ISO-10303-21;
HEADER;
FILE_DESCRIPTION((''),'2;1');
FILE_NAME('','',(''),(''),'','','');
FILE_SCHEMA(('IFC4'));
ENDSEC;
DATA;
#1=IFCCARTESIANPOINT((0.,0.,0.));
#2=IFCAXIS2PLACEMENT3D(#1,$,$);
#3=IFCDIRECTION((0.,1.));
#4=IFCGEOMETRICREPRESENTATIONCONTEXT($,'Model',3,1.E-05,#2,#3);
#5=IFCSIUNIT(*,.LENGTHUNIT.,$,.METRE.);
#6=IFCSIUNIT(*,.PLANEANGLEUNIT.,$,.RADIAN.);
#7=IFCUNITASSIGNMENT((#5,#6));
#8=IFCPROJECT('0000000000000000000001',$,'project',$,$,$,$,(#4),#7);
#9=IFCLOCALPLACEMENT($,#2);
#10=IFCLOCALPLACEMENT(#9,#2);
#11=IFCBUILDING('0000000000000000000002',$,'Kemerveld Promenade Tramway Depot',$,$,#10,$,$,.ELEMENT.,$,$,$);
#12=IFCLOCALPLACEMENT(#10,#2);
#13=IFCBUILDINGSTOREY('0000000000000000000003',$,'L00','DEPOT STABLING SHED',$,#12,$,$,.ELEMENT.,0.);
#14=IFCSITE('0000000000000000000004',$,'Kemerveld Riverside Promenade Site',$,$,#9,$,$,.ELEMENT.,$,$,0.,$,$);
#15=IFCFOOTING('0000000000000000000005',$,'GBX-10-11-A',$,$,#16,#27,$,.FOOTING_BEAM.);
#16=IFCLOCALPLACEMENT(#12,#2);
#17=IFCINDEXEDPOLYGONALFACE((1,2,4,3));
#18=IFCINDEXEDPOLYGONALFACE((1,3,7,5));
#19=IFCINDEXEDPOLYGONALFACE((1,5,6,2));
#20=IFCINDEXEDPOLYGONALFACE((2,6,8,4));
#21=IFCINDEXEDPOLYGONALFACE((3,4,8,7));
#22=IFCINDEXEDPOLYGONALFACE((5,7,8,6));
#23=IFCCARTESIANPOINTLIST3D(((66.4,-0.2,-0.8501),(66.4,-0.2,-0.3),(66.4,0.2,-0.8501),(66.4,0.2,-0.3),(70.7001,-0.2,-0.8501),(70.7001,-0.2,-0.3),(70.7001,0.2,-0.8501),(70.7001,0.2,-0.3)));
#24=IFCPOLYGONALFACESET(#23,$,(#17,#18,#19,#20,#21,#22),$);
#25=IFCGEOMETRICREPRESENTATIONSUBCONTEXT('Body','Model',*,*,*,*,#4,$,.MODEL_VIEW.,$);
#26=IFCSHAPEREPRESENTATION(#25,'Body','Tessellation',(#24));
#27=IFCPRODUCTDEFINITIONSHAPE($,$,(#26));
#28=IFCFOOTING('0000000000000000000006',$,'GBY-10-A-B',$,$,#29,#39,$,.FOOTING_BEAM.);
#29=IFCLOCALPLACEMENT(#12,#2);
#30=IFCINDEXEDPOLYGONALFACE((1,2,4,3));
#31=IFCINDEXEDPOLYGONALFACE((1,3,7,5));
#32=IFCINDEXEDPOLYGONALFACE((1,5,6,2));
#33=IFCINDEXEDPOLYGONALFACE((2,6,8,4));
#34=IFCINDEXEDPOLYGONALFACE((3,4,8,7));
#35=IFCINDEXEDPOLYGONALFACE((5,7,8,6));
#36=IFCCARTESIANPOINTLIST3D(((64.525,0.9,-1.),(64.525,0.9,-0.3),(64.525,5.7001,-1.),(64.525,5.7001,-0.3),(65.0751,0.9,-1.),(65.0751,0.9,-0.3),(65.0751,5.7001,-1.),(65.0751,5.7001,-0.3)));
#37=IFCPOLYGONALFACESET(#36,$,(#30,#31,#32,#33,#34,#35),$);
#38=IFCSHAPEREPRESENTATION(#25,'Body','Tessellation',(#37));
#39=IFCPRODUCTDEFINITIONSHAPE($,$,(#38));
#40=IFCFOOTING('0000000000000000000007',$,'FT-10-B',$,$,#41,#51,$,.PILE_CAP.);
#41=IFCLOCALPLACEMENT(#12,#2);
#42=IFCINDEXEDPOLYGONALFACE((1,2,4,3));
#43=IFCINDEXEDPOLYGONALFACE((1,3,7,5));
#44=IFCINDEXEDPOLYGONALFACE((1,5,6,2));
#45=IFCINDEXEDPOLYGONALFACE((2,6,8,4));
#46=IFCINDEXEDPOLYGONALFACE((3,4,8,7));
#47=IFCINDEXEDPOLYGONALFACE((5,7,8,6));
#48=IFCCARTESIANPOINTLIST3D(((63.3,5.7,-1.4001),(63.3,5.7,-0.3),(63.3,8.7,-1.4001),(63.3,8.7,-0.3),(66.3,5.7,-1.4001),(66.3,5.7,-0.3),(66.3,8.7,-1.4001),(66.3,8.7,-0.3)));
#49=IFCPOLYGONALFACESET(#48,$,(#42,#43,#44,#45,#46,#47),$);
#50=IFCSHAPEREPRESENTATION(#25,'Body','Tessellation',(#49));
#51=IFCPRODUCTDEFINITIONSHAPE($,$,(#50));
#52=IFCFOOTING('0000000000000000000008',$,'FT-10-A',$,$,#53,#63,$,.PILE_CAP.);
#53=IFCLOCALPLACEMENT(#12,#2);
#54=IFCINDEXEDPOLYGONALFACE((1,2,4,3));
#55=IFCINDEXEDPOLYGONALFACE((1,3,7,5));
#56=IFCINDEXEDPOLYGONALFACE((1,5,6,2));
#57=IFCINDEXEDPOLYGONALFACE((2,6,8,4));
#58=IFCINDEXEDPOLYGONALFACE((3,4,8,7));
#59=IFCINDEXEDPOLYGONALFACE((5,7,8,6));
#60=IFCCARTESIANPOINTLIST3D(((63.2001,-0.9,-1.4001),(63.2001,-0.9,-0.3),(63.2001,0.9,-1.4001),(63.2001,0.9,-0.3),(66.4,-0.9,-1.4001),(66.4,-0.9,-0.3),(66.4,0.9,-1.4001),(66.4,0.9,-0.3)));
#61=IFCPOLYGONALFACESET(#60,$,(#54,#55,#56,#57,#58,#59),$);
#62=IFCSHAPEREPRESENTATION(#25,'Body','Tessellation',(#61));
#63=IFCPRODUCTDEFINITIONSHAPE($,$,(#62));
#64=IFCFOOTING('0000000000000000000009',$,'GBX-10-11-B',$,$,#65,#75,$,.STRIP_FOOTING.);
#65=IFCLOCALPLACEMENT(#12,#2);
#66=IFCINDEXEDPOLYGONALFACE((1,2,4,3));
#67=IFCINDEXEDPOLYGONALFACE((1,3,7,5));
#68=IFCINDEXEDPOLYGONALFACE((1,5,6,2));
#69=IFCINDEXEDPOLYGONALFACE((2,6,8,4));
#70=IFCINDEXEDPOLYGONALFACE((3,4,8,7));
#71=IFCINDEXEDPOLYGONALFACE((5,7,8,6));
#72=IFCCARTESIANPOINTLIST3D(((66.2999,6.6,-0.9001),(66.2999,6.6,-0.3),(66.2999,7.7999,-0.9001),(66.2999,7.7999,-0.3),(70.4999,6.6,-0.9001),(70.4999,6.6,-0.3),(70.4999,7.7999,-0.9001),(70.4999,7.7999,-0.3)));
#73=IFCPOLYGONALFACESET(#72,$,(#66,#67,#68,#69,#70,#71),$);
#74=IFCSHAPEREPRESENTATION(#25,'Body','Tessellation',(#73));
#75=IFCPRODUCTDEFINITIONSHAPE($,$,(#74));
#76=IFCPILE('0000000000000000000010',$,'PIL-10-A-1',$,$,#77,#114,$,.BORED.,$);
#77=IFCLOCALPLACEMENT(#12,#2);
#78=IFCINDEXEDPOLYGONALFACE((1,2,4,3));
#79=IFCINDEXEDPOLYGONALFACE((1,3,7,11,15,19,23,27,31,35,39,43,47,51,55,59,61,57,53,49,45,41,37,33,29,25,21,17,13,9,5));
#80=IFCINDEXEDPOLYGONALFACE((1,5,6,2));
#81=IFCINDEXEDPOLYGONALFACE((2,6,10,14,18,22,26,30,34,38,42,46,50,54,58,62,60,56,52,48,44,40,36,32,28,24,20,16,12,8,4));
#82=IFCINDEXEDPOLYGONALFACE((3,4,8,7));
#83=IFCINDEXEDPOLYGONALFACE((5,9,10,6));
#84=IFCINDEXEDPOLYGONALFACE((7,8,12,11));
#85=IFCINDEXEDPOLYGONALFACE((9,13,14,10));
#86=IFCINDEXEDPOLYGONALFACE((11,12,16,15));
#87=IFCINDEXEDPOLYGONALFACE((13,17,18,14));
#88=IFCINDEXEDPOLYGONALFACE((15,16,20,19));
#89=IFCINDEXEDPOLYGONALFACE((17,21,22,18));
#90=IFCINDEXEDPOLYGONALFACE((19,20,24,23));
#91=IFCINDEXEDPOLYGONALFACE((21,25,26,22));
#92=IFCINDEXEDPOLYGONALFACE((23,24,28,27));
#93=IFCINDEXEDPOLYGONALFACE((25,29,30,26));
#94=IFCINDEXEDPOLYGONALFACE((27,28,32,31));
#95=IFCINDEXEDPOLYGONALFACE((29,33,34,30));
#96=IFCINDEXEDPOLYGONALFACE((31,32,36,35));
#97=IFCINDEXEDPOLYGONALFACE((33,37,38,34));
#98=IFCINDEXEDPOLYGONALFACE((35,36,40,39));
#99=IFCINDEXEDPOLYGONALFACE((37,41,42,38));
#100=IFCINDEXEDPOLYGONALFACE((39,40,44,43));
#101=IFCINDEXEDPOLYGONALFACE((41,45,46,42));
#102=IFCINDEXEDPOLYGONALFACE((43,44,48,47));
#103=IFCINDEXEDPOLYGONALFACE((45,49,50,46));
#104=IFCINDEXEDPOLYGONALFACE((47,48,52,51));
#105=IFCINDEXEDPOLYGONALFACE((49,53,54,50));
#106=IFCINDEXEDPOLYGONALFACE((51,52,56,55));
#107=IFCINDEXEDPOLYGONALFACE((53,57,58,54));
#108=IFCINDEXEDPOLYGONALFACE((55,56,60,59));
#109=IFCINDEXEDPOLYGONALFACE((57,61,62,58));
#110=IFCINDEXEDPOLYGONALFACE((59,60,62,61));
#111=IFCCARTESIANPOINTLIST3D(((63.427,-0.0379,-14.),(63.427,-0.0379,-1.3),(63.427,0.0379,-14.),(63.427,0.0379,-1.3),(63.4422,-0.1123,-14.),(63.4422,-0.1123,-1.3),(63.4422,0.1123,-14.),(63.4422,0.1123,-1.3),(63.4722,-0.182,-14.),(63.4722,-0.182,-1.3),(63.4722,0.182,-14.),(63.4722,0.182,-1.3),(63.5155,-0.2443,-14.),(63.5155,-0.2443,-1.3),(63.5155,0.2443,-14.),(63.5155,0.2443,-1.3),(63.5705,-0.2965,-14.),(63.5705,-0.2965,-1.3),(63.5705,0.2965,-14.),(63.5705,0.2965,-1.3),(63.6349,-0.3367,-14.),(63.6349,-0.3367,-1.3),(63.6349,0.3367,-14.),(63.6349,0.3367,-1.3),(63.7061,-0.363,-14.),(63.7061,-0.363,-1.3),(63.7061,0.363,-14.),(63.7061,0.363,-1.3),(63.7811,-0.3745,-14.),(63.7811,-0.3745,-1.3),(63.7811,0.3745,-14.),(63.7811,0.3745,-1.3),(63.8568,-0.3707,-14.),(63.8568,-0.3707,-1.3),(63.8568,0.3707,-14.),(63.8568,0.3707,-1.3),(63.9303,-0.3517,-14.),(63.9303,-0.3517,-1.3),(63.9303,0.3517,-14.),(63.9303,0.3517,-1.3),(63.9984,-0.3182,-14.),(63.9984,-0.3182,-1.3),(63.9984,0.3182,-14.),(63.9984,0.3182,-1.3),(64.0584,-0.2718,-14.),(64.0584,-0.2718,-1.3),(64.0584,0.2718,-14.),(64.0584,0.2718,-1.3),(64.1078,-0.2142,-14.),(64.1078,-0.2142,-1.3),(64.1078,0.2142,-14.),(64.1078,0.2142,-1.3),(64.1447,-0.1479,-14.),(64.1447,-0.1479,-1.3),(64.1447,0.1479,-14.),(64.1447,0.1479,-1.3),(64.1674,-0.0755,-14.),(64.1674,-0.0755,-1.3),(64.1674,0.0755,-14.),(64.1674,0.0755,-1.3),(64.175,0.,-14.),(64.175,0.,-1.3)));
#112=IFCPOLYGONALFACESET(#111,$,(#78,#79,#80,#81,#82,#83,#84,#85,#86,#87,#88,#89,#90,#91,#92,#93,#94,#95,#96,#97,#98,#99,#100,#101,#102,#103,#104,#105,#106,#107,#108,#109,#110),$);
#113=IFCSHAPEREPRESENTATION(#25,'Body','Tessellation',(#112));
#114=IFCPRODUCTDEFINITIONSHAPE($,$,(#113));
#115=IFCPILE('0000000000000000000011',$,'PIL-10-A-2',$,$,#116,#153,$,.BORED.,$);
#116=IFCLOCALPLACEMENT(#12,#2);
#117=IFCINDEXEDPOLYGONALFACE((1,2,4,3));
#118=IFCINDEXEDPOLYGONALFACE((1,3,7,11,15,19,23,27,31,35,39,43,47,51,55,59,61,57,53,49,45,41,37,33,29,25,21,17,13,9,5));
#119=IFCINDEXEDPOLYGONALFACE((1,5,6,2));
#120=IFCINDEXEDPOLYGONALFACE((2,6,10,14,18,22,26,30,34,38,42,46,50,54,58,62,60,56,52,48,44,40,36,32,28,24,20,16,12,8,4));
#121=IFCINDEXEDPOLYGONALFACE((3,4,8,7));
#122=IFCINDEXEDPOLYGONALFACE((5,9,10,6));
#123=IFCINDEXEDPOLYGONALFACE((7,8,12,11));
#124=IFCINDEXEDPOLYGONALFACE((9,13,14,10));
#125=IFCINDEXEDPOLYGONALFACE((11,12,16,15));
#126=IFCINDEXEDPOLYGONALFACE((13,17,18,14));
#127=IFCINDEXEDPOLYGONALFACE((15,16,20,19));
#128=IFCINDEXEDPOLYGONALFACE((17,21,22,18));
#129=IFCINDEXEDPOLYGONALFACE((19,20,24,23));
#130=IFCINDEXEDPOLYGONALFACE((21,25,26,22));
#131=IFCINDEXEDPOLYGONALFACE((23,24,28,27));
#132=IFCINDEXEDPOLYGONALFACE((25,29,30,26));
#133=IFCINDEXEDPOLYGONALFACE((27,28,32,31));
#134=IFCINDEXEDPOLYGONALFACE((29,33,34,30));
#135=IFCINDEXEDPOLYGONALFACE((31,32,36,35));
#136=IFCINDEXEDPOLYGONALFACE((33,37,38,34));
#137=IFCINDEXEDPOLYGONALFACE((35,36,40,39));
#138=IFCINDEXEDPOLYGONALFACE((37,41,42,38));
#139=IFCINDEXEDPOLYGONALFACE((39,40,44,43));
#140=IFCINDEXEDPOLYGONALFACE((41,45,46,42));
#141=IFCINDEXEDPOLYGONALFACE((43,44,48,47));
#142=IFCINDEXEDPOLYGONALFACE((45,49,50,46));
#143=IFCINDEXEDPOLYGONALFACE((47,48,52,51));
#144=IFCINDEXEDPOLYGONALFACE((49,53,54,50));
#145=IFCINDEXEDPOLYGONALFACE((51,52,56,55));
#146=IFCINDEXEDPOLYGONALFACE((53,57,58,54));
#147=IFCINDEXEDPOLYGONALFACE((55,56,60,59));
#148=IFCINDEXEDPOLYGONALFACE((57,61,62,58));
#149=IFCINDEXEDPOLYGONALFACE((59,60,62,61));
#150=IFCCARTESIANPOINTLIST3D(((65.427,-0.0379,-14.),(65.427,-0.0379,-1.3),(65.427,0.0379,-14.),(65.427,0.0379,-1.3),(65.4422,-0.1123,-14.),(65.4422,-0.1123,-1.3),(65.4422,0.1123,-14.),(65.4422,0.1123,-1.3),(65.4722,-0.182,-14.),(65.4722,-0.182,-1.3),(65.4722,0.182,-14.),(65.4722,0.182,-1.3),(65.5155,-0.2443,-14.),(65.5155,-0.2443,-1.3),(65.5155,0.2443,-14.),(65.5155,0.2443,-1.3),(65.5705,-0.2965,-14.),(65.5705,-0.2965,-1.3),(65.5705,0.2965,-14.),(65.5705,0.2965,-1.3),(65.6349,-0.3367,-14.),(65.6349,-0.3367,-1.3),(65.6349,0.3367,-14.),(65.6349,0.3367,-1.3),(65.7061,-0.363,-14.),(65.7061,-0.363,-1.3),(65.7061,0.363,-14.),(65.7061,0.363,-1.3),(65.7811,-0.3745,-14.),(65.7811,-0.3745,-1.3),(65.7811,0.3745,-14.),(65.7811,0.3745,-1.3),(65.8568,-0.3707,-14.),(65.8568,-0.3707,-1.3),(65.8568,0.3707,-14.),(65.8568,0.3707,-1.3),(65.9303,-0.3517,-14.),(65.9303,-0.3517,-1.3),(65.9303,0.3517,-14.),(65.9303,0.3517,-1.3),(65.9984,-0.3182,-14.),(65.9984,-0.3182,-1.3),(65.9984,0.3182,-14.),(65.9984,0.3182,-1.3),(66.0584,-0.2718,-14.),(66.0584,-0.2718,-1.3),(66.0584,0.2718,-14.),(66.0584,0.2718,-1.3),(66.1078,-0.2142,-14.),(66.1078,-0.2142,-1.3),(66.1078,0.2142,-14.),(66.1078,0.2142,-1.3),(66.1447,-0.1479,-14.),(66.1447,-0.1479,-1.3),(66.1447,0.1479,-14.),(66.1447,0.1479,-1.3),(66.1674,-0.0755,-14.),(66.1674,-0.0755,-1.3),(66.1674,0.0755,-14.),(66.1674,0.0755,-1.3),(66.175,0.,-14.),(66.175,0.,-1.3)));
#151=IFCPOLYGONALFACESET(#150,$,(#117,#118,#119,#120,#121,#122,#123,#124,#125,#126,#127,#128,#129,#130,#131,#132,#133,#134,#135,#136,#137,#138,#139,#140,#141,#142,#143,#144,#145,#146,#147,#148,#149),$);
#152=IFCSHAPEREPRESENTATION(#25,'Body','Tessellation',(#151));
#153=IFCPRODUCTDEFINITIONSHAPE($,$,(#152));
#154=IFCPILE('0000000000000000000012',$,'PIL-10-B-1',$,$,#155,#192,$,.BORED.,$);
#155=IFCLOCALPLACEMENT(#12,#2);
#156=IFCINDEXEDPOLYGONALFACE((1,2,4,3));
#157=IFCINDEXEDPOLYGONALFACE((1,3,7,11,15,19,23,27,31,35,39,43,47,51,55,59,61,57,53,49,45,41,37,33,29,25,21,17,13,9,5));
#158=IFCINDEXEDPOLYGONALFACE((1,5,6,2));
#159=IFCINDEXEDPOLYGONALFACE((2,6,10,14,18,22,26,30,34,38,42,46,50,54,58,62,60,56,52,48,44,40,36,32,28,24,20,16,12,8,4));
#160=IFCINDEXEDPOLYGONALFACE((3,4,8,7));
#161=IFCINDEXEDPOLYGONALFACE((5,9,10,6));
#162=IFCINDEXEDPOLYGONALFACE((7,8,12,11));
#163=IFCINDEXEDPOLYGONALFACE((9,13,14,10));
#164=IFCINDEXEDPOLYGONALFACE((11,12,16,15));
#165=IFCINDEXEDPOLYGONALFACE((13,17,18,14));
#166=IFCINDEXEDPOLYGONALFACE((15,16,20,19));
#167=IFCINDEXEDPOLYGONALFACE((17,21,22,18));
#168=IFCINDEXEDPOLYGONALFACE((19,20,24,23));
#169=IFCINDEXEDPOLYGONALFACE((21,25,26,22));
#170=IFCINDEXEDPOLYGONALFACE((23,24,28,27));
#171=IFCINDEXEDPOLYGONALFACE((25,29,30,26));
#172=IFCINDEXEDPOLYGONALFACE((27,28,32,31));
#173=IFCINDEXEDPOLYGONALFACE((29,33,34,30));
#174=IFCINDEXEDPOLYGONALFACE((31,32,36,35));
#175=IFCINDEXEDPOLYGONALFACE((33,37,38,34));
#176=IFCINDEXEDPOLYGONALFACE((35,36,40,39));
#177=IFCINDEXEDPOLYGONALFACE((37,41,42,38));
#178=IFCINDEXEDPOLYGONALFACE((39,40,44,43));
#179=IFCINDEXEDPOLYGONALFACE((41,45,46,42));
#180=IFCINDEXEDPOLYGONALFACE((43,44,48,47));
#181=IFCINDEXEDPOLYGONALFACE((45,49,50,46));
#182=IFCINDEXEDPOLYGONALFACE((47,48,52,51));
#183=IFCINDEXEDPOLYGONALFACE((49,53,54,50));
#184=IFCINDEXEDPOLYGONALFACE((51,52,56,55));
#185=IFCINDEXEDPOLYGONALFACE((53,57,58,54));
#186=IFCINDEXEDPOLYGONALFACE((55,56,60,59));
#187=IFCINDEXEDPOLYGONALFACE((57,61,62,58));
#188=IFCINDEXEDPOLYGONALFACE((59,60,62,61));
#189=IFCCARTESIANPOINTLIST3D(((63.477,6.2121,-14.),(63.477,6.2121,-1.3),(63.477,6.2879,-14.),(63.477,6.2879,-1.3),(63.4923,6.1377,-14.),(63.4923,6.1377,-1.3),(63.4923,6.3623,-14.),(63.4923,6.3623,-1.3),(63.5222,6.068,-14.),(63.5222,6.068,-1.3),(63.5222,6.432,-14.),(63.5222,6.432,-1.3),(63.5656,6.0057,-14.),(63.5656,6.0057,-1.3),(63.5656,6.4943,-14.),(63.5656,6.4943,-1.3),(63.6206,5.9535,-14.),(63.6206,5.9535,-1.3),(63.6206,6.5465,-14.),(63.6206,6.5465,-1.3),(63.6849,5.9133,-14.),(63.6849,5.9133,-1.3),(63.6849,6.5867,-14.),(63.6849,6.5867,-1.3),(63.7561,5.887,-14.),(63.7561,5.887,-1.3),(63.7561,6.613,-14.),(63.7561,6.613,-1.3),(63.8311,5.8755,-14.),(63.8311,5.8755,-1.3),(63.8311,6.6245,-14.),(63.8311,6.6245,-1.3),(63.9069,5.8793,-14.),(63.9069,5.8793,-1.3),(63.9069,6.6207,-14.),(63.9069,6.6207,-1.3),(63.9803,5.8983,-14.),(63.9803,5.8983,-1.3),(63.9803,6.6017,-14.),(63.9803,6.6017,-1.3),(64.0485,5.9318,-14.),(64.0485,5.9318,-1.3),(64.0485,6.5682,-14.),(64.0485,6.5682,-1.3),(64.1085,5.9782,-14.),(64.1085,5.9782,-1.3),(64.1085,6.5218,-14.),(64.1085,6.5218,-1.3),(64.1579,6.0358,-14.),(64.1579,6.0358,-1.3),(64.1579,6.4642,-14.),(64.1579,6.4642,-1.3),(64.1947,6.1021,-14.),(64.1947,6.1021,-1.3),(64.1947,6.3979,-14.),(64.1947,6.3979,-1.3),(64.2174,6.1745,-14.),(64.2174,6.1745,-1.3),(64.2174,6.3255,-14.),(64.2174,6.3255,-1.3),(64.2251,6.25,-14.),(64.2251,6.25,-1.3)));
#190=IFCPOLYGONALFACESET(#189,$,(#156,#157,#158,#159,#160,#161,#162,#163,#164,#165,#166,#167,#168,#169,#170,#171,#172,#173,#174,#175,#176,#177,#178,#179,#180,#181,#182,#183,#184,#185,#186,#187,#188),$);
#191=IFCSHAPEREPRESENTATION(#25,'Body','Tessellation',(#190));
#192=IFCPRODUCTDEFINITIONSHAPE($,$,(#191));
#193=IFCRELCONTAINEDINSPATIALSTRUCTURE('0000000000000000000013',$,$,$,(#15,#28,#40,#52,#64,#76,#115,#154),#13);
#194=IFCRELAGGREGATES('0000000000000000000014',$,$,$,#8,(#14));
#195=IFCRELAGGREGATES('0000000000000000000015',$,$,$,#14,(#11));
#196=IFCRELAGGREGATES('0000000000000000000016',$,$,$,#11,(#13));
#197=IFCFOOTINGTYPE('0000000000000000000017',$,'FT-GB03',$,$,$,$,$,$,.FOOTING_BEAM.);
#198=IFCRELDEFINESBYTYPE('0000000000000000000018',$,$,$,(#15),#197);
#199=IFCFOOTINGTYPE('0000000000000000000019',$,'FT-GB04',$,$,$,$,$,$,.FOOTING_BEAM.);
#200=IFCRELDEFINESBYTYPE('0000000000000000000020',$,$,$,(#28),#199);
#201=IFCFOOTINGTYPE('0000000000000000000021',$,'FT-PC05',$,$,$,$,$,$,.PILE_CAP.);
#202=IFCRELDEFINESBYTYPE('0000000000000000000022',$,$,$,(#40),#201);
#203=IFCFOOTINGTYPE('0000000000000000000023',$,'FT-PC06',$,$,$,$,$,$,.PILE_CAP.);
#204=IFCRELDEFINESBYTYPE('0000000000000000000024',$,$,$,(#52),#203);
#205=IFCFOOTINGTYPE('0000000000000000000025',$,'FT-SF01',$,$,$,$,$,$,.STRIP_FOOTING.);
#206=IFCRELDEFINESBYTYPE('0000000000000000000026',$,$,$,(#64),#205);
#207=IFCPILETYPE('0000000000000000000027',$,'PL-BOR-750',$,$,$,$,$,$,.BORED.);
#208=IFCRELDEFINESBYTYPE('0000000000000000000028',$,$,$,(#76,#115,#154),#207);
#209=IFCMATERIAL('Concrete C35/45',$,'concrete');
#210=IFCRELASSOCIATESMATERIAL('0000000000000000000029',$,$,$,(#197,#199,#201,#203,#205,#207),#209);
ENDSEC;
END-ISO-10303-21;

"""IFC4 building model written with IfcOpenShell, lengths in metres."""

from ifc_helpers import new_model, si_unit, direction, frame, origin, origin_2d, place, context, subcontext, project, spatial, rectangle, circle, extrude, material, material_profile, profile_set, type_object, element, save


model = new_model("IFC4")

# Units and contexts
model_context = context("Model", 3, precision=1e-05, world=origin(), true_north=direction((0.0, 1.0)))
body_context = subcontext(model_context, "Body", "Model", "MODEL_VIEW")
ifc_project = project(units=[si_unit("LENGTHUNIT", "METRE"), si_unit("PLANEANGLEUNIT", "RADIAN")], contexts=[model_context])

# Site, building, storey
site_placement = place(None, origin())
site = spatial("IfcSite", under=ifc_project, at=site_placement, Name="Kemerveld Riverside Promenade Site", CompositionType="ELEMENT", RefElevation=0.0)
building_placement = place(site_placement, origin())
building = spatial("IfcBuilding", under=site, at=building_placement, Name="Kemerveld Promenade Tramway Depot", CompositionType="ELEMENT")
storey_placement = place(building_placement, origin())
storey = spatial("IfcBuildingStorey", under=building, at=storey_placement, Name="L00", Description="DEPOT STABLING SHED", CompositionType="ELEMENT", Elevation=0.0)

# Footings
ifc_material_1 = material(Name="Concrete C35/45", Category="concrete")
footing_type_1 = type_object("IfcFootingType", Name="FT-GB03", PredefinedType="FOOTING_BEAM", material=ifc_material_1)
footing_1_placement = place(storey_placement, frame((68.55, 0.0, -0.8501), z_axis=(0.0, 0.0, 1.0), x_axis=(1.0, 0.0, 0.0)))
element("IfcFooting", 1, at=footing_1_placement, inside=storey, type_object=footing_type_1, Name="GBX-10-11-A", PredefinedType="FOOTING_BEAM", context=body_context, shape_type="SweptSolid", body=[
    extrude(rectangle(XDim=4.3, YDim=0.3999, at=origin_2d()), origin(), (0.0, 0.0, 1.0), 0.55),
])
footing_type_2 = type_object("IfcFootingType", Name="FT-GB04", PredefinedType="FOOTING_BEAM", material=ifc_material_1)
footing_2_placement = place(storey_placement, frame((64.8, 3.3, -1.0), z_axis=(0.0, 0.0, 1.0), x_axis=(0.0, 1.0, 0.0)))
element("IfcFooting", 2, at=footing_2_placement, inside=storey, type_object=footing_type_2, Name="GBY-10-A-B", PredefinedType="FOOTING_BEAM", context=body_context, shape_type="SweptSolid", body=[
    extrude(rectangle(XDim=4.8, YDim=0.55, at=origin_2d()), origin(), (0.0, 0.0, 1.0), 0.7),
])
footing_type_3 = type_object("IfcFootingType", Name="FT-PC05", PredefinedType="PILE_CAP", material=ifc_material_1)
footing_3_placement = place(storey_placement, frame((64.8, 7.2, -1.4001), z_axis=(0.0, 0.0, 1.0), x_axis=(1.0, 0.0, 0.0)))
element("IfcFooting", 3, at=footing_3_placement, inside=storey, type_object=footing_type_3, Name="FT-10-B", PredefinedType="PILE_CAP", context=body_context, shape_type="SweptSolid", body=[
    extrude(rectangle(XDim=3.0, YDim=3.0, at=origin_2d()), origin(), (0.0, 0.0, 1.0), 1.1001),
])
footing_type_4 = type_object("IfcFootingType", Name="FT-PC06", PredefinedType="PILE_CAP", material=ifc_material_1)
footing_4_placement = place(storey_placement, frame((64.8, 0.0, -1.4001), z_axis=(0.0, 0.0, 1.0), x_axis=(1.0, 0.0, 0.0)))
element("IfcFooting", 4, at=footing_4_placement, inside=storey, type_object=footing_type_4, Name="FT-10-A", PredefinedType="PILE_CAP", context=body_context, shape_type="SweptSolid", body=[
    extrude(rectangle(XDim=3.2, YDim=1.8, at=origin_2d()), origin(), (0.0, 0.0, 1.0), 1.1001),
])
footing_type_5 = type_object("IfcFootingType", Name="FT-SF01", PredefinedType="STRIP_FOOTING", material=ifc_material_1)
footing_5_placement = place(storey_placement, frame((68.3999, 7.2, -0.9001), z_axis=(0.0, 0.0, 1.0), x_axis=(1.0, 0.0, 0.0)))
element("IfcFooting", 5, at=footing_5_placement, inside=storey, type_object=footing_type_5, Name="GBX-10-11-B", PredefinedType="STRIP_FOOTING", context=body_context, shape_type="SweptSolid", body=[
    extrude(rectangle(XDim=4.2, YDim=1.2, at=origin_2d()), origin(), (0.0, 0.0, 1.0), 0.6001),
])

# Piles
ifc_material_profile_1 = material_profile(ifc_material_1, circle(Radius=0.375, at=origin_2d()), Name="PILE-D750")
ifc_profile_set_1 = profile_set([ifc_material_profile_1], Name="Concrete C35/45")
pile_type = type_object("IfcPileType", Name="PL-BOR-750", PredefinedType="BORED", material=ifc_profile_set_1)
for number, where, z_axis, x_axis, name in (
    (6, (63.8, 0.0, -1.3), (0.0, 0.0, -1.0), (1.0, 0.0, 0.0), "PIL-10-A-1"),
    (7, (65.8, 0.0, -1.3), (0.0, 0.0, -1.0), (1.0, 0.0, 0.0), "PIL-10-A-2"),
    (8, (63.8501, 6.25, -1.3), (0.0, 0.0, -1.0), (1.0, 0.0, 0.0), "PIL-10-B-1"),
):
    element("IfcPile", number, at=place(storey_placement, frame(where, z_axis=z_axis, x_axis=x_axis)), inside=storey, type_object=pile_type, Name=name, PredefinedType="BORED", context=body_context, shape_type="SweptSolid", body=[
        extrude(circle(Radius=0.375, at=origin_2d()), origin(), (0.0, 0.0, 1.0), 12.7),
    ])

save(model, "model.ifc")
